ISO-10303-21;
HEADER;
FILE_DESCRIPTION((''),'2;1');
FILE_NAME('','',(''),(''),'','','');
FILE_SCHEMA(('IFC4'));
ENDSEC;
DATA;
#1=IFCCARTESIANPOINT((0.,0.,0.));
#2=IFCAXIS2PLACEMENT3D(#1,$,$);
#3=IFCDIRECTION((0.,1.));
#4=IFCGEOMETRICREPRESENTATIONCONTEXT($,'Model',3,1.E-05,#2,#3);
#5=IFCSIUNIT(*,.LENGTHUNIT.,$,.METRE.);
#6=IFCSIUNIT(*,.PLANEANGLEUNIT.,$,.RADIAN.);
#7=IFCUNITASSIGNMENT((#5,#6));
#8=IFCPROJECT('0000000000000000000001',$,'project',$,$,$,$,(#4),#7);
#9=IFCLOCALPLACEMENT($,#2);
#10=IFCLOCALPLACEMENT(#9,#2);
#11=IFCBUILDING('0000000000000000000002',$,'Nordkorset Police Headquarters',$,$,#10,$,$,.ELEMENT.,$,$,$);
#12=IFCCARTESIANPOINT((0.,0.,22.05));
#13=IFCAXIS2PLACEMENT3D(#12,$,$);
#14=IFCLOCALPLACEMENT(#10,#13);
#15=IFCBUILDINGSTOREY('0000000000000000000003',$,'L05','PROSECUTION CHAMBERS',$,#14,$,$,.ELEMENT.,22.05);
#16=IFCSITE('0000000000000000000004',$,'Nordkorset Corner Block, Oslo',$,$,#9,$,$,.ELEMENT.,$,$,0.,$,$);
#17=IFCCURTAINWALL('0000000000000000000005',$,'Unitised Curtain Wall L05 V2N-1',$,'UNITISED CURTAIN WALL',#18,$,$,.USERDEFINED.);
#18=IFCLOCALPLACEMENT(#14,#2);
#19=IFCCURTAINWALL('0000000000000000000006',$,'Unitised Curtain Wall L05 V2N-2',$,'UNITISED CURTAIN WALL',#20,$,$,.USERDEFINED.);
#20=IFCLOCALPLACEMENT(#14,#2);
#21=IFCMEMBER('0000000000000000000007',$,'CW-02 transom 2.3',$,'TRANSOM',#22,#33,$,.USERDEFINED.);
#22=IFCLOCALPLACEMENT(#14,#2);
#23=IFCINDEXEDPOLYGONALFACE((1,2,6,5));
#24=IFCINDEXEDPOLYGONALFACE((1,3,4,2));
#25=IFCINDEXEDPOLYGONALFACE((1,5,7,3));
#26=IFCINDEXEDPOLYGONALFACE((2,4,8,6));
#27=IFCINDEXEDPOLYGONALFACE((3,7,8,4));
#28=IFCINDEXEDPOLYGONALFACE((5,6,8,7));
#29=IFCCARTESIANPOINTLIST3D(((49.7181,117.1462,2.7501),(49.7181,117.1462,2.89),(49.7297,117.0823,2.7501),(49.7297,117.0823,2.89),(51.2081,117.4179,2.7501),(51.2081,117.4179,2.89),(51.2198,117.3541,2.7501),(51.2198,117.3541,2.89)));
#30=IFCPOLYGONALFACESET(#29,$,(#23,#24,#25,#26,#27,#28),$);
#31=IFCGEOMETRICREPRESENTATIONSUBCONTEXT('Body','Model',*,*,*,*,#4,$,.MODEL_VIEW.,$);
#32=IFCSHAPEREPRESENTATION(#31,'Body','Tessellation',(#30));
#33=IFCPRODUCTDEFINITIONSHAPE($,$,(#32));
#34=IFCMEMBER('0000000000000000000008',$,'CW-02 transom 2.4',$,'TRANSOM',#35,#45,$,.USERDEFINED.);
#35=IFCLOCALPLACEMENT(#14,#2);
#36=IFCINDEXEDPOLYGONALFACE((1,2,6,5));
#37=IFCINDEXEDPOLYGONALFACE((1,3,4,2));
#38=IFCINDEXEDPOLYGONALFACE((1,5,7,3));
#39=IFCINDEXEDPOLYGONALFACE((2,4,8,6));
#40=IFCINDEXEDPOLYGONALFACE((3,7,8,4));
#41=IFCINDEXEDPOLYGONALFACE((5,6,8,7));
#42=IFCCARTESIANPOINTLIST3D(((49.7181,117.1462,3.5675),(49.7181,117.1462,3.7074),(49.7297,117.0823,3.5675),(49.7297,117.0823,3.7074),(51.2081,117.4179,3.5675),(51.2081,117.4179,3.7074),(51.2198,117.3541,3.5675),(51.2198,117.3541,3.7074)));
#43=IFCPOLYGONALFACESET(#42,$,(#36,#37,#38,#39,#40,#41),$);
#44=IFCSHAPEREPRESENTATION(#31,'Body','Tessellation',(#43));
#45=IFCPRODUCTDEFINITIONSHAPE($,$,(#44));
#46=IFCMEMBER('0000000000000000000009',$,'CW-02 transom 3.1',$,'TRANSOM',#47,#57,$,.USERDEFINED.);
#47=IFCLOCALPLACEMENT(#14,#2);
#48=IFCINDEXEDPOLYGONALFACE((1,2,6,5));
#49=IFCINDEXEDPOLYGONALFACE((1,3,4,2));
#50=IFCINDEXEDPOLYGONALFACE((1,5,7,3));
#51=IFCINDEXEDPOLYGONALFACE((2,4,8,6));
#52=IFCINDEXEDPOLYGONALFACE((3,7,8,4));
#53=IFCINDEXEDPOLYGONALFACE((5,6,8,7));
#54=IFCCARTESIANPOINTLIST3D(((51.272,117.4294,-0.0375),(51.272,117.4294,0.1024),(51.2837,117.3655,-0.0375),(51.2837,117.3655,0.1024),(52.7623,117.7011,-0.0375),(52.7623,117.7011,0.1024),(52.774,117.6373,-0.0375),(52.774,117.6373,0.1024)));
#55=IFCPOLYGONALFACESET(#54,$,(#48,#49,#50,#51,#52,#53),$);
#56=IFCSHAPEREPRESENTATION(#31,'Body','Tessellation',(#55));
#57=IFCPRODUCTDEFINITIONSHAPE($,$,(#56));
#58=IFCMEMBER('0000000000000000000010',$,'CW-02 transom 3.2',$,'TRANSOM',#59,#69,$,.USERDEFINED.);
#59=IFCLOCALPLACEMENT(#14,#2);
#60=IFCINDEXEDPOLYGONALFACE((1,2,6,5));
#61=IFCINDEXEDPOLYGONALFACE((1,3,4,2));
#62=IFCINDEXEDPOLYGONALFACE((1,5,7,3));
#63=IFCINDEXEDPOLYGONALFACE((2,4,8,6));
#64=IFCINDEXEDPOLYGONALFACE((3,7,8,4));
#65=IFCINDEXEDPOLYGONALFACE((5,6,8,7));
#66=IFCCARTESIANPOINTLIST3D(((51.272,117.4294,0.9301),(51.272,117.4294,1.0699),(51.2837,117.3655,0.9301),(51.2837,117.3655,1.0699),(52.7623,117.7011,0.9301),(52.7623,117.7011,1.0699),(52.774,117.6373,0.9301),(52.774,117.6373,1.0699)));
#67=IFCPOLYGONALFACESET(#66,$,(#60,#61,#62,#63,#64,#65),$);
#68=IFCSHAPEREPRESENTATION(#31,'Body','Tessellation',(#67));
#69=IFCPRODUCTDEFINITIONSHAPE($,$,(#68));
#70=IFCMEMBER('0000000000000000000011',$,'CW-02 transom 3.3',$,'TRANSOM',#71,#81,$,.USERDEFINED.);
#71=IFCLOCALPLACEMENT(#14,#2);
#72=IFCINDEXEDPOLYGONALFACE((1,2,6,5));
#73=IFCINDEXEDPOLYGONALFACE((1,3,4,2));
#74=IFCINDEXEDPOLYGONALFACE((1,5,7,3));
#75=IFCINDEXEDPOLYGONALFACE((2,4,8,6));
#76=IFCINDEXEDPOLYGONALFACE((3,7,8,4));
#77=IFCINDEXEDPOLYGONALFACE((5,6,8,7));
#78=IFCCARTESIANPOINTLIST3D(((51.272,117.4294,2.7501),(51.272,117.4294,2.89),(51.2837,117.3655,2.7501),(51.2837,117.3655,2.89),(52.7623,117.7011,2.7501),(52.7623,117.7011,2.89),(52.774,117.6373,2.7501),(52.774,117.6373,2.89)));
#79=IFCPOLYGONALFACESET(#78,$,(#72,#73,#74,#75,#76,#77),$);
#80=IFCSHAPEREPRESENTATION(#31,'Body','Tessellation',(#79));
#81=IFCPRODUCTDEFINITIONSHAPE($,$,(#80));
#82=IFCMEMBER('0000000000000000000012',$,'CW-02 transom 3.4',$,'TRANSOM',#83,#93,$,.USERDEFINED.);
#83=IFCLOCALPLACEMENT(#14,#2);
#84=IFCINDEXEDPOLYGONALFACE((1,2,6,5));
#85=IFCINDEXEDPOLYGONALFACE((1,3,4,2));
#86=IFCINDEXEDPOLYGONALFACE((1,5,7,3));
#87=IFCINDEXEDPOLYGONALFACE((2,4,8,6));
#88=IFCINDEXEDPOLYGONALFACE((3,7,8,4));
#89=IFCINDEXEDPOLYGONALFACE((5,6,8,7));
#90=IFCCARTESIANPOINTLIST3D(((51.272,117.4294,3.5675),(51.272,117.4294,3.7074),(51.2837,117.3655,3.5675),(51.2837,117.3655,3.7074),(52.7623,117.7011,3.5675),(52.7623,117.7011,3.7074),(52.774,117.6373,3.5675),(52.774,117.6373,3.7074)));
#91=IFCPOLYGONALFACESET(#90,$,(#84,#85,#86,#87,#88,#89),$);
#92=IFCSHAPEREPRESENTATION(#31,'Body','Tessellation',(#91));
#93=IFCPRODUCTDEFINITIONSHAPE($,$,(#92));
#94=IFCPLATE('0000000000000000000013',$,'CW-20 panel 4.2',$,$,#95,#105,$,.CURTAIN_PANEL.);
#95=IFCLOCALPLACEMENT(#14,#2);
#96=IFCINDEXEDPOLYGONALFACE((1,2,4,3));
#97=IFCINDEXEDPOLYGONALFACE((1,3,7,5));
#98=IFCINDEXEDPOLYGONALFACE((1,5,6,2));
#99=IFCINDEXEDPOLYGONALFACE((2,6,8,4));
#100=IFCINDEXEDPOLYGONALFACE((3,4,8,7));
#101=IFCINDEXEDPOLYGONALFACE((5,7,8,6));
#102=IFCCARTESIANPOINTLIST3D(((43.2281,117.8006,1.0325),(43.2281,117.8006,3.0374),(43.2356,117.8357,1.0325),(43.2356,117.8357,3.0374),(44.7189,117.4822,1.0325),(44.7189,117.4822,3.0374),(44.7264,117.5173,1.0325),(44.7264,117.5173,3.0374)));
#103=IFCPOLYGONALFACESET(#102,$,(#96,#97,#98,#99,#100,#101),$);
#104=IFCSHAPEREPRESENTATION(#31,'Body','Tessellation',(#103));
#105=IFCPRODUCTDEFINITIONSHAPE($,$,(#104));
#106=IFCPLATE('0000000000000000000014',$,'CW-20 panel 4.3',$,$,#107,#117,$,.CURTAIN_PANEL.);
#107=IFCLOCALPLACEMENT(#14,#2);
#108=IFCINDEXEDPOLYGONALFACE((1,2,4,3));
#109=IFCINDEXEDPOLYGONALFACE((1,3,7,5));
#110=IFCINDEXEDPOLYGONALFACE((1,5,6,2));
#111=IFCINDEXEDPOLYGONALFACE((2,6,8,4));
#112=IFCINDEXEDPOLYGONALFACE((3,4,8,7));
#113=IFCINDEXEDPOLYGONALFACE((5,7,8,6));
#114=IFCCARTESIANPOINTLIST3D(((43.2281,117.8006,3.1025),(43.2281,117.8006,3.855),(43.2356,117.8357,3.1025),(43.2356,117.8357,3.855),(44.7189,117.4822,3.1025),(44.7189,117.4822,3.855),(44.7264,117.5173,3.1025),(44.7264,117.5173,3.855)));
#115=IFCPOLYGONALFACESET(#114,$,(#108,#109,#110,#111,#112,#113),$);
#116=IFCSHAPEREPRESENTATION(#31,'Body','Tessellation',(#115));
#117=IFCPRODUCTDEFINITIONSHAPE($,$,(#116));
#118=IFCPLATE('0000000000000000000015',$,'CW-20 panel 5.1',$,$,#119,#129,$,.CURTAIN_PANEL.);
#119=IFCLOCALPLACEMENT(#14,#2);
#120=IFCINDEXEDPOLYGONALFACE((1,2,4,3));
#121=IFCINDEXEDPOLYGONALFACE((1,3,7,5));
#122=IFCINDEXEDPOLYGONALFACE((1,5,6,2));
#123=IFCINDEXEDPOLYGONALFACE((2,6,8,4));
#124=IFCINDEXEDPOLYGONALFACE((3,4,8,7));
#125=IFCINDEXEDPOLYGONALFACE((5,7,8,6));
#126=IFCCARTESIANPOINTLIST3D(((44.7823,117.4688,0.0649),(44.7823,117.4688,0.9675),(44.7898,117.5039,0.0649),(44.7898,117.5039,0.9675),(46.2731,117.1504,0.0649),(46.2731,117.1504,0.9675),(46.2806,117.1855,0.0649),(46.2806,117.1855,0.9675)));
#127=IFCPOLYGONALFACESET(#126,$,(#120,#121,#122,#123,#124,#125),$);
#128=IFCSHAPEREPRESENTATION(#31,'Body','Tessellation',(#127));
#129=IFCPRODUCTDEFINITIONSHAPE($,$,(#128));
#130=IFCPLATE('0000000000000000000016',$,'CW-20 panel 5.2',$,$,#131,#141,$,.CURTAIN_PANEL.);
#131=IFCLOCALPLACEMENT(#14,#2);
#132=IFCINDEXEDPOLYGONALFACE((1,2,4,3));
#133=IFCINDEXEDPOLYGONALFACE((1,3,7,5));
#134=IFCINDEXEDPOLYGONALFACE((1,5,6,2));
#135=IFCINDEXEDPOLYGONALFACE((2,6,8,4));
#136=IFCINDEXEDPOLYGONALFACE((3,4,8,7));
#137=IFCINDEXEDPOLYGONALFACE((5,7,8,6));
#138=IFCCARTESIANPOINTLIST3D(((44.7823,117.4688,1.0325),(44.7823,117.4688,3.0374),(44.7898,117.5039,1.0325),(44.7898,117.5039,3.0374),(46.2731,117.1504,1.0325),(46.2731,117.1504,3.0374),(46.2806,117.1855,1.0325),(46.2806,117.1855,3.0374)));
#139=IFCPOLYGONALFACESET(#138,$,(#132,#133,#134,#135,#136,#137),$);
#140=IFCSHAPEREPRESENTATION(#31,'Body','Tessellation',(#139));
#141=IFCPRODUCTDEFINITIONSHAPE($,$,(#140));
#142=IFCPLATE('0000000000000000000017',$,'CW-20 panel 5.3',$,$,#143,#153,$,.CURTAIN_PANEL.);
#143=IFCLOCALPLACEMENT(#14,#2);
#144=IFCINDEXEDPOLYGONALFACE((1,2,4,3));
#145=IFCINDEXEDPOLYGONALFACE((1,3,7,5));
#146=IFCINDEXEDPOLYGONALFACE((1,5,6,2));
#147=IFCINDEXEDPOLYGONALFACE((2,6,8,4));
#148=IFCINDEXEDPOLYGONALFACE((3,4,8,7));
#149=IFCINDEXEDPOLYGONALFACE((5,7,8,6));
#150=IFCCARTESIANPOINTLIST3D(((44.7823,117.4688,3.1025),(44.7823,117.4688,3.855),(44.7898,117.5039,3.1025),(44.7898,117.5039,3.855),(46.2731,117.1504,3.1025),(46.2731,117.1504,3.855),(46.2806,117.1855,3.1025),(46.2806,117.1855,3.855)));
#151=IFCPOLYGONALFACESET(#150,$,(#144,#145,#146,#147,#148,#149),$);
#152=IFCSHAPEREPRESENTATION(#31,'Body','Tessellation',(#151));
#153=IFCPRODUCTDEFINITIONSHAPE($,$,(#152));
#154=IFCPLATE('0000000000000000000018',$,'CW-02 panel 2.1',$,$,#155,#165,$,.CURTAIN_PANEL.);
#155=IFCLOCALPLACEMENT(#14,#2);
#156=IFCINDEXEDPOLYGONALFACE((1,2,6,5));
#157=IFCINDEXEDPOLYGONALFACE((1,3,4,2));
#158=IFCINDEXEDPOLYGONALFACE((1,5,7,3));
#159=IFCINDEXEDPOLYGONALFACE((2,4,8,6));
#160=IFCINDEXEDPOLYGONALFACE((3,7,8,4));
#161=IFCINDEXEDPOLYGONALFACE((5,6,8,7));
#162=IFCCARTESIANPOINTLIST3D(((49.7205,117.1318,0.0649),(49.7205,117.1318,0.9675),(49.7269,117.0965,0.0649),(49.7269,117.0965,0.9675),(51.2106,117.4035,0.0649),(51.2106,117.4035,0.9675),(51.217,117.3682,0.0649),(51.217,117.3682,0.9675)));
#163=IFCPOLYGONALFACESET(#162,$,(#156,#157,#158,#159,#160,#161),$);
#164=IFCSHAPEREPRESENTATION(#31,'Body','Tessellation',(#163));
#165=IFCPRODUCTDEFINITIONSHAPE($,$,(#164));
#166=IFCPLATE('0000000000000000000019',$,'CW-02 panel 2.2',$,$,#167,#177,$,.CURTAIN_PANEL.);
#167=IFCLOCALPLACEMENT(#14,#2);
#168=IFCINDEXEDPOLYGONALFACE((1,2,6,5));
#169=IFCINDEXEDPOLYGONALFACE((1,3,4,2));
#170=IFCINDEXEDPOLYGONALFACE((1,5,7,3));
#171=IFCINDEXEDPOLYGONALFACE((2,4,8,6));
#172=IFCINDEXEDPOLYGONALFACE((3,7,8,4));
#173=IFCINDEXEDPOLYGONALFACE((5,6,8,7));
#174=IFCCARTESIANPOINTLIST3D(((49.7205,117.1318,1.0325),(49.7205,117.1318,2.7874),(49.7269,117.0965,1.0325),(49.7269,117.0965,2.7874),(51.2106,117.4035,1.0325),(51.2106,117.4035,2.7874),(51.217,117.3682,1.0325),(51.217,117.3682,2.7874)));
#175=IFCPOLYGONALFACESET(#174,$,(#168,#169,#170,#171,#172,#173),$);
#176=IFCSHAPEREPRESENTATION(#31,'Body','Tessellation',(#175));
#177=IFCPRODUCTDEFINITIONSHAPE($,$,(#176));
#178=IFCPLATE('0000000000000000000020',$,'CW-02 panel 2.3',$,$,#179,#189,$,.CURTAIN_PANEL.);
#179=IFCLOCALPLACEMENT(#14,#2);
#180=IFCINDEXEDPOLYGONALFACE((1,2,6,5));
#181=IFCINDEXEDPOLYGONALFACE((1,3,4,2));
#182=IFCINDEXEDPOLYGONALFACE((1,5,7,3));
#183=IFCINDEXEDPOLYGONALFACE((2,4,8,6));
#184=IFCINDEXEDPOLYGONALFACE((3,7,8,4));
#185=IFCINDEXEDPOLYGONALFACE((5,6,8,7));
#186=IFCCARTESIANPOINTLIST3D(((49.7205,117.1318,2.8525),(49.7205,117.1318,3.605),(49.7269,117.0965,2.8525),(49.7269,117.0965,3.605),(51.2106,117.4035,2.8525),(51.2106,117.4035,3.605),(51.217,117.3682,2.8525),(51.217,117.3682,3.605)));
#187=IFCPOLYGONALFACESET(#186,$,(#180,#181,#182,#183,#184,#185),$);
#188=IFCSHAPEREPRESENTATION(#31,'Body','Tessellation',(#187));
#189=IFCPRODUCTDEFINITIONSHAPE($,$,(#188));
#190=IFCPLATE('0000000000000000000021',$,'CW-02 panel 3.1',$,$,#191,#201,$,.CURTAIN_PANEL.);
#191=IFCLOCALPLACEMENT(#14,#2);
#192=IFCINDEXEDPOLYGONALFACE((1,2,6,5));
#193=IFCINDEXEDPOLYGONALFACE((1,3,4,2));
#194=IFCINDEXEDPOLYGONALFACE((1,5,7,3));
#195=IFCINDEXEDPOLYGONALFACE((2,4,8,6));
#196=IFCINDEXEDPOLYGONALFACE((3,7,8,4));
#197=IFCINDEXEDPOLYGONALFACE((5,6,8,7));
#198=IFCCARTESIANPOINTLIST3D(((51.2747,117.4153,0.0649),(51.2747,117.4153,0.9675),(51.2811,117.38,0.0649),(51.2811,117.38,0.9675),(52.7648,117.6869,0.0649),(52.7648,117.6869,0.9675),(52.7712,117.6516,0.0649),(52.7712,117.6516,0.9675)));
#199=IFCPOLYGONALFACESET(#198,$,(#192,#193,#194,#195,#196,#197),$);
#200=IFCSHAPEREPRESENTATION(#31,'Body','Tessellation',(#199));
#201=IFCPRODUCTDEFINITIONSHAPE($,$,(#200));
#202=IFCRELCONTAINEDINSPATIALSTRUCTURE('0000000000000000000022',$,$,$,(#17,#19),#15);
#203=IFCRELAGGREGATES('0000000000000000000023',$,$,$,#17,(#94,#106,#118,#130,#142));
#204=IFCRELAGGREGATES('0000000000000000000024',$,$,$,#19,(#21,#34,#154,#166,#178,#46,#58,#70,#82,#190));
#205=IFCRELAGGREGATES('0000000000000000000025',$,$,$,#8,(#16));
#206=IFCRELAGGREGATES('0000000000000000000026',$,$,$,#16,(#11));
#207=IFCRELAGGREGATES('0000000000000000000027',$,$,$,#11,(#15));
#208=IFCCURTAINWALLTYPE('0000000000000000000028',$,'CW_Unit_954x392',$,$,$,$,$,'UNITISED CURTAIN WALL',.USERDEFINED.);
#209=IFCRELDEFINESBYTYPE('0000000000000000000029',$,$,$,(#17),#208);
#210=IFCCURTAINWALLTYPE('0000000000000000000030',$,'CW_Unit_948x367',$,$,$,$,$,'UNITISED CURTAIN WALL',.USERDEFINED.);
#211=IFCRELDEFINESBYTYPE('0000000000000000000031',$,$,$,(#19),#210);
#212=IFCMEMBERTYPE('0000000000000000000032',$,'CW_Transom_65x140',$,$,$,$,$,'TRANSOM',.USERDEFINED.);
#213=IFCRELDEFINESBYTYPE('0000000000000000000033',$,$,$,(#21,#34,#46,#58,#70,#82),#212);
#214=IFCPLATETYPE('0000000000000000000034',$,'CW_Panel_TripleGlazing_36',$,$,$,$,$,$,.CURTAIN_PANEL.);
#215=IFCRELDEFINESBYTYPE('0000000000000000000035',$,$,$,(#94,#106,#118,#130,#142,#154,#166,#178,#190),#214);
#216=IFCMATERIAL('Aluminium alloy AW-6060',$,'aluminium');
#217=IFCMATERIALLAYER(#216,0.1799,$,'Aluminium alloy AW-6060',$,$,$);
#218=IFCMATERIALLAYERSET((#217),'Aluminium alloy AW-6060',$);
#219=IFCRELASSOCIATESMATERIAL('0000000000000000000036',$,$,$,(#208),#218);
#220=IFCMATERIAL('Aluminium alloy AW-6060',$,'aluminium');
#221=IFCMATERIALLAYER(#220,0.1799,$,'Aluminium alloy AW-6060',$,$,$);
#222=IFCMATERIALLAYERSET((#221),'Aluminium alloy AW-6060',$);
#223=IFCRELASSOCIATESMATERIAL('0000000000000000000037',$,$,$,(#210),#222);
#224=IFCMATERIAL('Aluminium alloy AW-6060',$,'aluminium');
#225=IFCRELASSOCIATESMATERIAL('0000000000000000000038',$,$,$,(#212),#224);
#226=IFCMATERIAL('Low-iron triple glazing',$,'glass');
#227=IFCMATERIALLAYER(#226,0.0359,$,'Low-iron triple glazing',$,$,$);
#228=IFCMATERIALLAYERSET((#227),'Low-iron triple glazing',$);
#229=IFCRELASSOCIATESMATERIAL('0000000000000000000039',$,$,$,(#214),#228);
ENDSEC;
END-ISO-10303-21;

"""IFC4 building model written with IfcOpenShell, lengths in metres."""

from ifc_helpers import new_model, si_unit, direction, frame, origin, origin_2d, place, context, subcontext, project, spatial, rectangle, extrude, material, layer, layer_set, material_profile, profile_set, type_object, element, aggregate, save


model = new_model("IFC4")

# Units and contexts
model_context = context("Model", 3, precision=1e-05, world=origin(), true_north=direction((0.0, 1.0)))
body_context = subcontext(model_context, "Body", "Model", "MODEL_VIEW")
ifc_project = project(units=[si_unit("LENGTHUNIT", "METRE"), si_unit("PLANEANGLEUNIT", "RADIAN")], contexts=[model_context])

# Site, building, storey
site_placement = place(None, origin())
site = spatial("IfcSite", under=ifc_project, at=site_placement, Name="Nordkorset Corner Block, Oslo", CompositionType="ELEMENT", RefElevation=0.0)
building_placement = place(site_placement, origin())
building = spatial("IfcBuilding", under=site, at=building_placement, Name="Nordkorset Police Headquarters", CompositionType="ELEMENT")
storey_placement = place(building_placement, frame((0.0, 0.0, 22.05)))
storey = spatial("IfcBuildingStorey", under=building, at=storey_placement, Name="L05", Description="PROSECUTION CHAMBERS", CompositionType="ELEMENT", Elevation=22.05)

# Curtain walls
ifc_material_1 = material(Name="Aluminium alloy AW-6060", Category="aluminium")
ifc_layer_1 = layer(ifc_material_1, 0.1799, Name="Aluminium alloy AW-6060")
ifc_layer_set_1 = layer_set([ifc_layer_1], Name="Aluminium alloy AW-6060")
curtain_wall_type_1 = type_object("IfcCurtainWallType", Name="CW_Unit_954x392", ElementType="UNITISED CURTAIN WALL", PredefinedType="USERDEFINED", material=ifc_layer_set_1)
curtain_wall_1_placement = place(storey_placement, origin())
curtain_wall_1 = element("IfcCurtainWall", 1, at=curtain_wall_1_placement, inside=storey, type_object=curtain_wall_type_1, Name="Unitised Curtain Wall L05 V2N-1", ObjectType="UNITISED CURTAIN WALL", PredefinedType="USERDEFINED")
ifc_material_2 = material(Name="Aluminium alloy AW-6060", Category="aluminium")
ifc_layer_2 = layer(ifc_material_2, 0.1799, Name="Aluminium alloy AW-6060")
ifc_layer_set_2 = layer_set([ifc_layer_2], Name="Aluminium alloy AW-6060")
curtain_wall_type_2 = type_object("IfcCurtainWallType", Name="CW_Unit_948x367", ElementType="UNITISED CURTAIN WALL", PredefinedType="USERDEFINED", material=ifc_layer_set_2)
curtain_wall_2_placement = place(storey_placement, origin())
curtain_wall_2 = element("IfcCurtainWall", 2, at=curtain_wall_2_placement, inside=storey, type_object=curtain_wall_type_2, Name="Unitised Curtain Wall L05 V2N-2", ObjectType="UNITISED CURTAIN WALL", PredefinedType="USERDEFINED")

# Members
ifc_material_3 = material(Name="Aluminium alloy AW-6060", Category="aluminium")
ifc_material_profile_1 = material_profile(ifc_material_3, rectangle(XDim=0.0649, YDim=0.1399, at=origin_2d()), Name="ALU TRAN 65x140")
ifc_profile_set_1 = profile_set([ifc_material_profile_1], Name="Aluminium alloy AW-6060")
member_type_1 = type_object("IfcMemberType", Name="CW_Transom_65x140", ElementType="TRANSOM", PredefinedType="USERDEFINED", material=ifc_profile_set_1)
member_1_placement = place(storey_placement, frame((49.7239, 117.1143, 2.8201), z_axis=(0.983774, 0.17941, 0.0), x_axis=(-0.17941, 0.983774, 0.0)))
member_1 = element("IfcMember", 3, at=member_1_placement, type_object=member_type_1, Name="CW-02 transom 2.3", ObjectType="TRANSOM", PredefinedType="USERDEFINED", context=body_context, shape_type="SweptSolid", body=[
    extrude(rectangle(XDim=0.0649, YDim=0.1399, at=origin_2d()), origin(), (0.0, 0.0, 1.0), 1.5146),
])
member_2_placement = place(storey_placement, frame((49.7239, 117.1143, 3.6375), z_axis=(0.983774, 0.17941, 0.0), x_axis=(-0.17941, 0.983774, 0.0)))
member_2 = element("IfcMember", 4, at=member_2_placement, type_object=member_type_1, Name="CW-02 transom 2.4", ObjectType="TRANSOM", PredefinedType="USERDEFINED", context=body_context, shape_type="SweptSolid", body=[
    extrude(rectangle(XDim=0.0649, YDim=0.1399, at=origin_2d()), origin(), (0.0, 0.0, 1.0), 1.5146),
])
member_3_placement = place(storey_placement, frame((51.2778, 117.3975, 0.0325), z_axis=(0.98378, 0.179382, 0.0), x_axis=(-0.179382, 0.98378, 0.0)))
member_3 = element("IfcMember", 5, at=member_3_placement, type_object=member_type_1, Name="CW-02 transom 3.1", ObjectType="TRANSOM", PredefinedType="USERDEFINED", context=body_context, shape_type="SweptSolid", body=[
    extrude(rectangle(XDim=0.0649, YDim=0.1399, at=origin_2d()), origin(), (0.0, 0.0, 1.0), 1.5149),
])
member_4_placement = place(storey_placement, frame((51.2778, 117.3975, 1.0), z_axis=(0.98378, 0.179382, 0.0), x_axis=(-0.179382, 0.98378, 0.0)))
member_4 = element("IfcMember", 6, at=member_4_placement, type_object=member_type_1, Name="CW-02 transom 3.2", ObjectType="TRANSOM", PredefinedType="USERDEFINED", context=body_context, shape_type="SweptSolid", body=[
    extrude(rectangle(XDim=0.0649, YDim=0.1399, at=origin_2d()), origin(), (0.0, 0.0, 1.0), 1.5149),
])
member_5_placement = place(storey_placement, frame((51.2778, 117.3975, 2.8201), z_axis=(0.98378, 0.179382, 0.0), x_axis=(-0.179382, 0.98378, 0.0)))
member_5 = element("IfcMember", 7, at=member_5_placement, type_object=member_type_1, Name="CW-02 transom 3.3", ObjectType="TRANSOM", PredefinedType="USERDEFINED", context=body_context, shape_type="SweptSolid", body=[
    extrude(rectangle(XDim=0.0649, YDim=0.1399, at=origin_2d()), origin(), (0.0, 0.0, 1.0), 1.5149),
])
member_6_placement = place(storey_placement, frame((51.2778, 117.3975, 3.6375), z_axis=(0.98378, 0.179382, 0.0), x_axis=(-0.179382, 0.98378, 0.0)))
member_6 = element("IfcMember", 8, at=member_6_placement, type_object=member_type_1, Name="CW-02 transom 3.4", ObjectType="TRANSOM", PredefinedType="USERDEFINED", context=body_context, shape_type="SweptSolid", body=[
    extrude(rectangle(XDim=0.0649, YDim=0.1399, at=origin_2d()), origin(), (0.0, 0.0, 1.0), 1.5149),
])

# Plates
ifc_material_4 = material(Name="Low-iron triple glazing", Category="glass")
ifc_layer_3 = layer(ifc_material_4, 0.0359, Name="Low-iron triple glazing")
ifc_layer_set_3 = layer_set([ifc_layer_3], Name="Low-iron triple glazing")
plate_type = type_object("IfcPlateType", Name="CW_Panel_TripleGlazing_36", PredefinedType="CURTAIN_PANEL", material=ifc_layer_set_3)
plate_1_placement = place(storey_placement, frame((43.9773, 117.6589, 1.0325), z_axis=(0.0, 0.0, 1.0), x_axis=(0.977951, -0.208833, 0.0)))
plate_1 = element("IfcPlate", 9, at=plate_1_placement, type_object=plate_type, Name="CW-20 panel 4.2", PredefinedType="CURTAIN_PANEL", context=body_context, shape_type="SweptSolid", body=[
    extrude(rectangle(XDim=1.5244, YDim=0.0359, at=origin_2d()), origin(), (0.0, 0.0, 1.0), 2.0049),
])
plate_2_placement = place(storey_placement, frame((43.9773, 117.6589, 3.1025), z_axis=(0.0, 0.0, 1.0), x_axis=(0.977951, -0.208833, 0.0)))
plate_2 = element("IfcPlate", 10, at=plate_2_placement, type_object=plate_type, Name="CW-20 panel 4.3", PredefinedType="CURTAIN_PANEL", context=body_context, shape_type="SweptSolid", body=[
    extrude(rectangle(XDim=1.5244, YDim=0.0359, at=origin_2d()), origin(), (0.0, 0.0, 1.0), 0.7524),
])
plate_3_placement = place(storey_placement, frame((45.5315, 117.3271, 0.0649), z_axis=(0.0, 0.0, 1.0), x_axis=(0.977951, -0.208833, 0.0)))
plate_3 = element("IfcPlate", 11, at=plate_3_placement, type_object=plate_type, Name="CW-20 panel 5.1", PredefinedType="CURTAIN_PANEL", context=body_context, shape_type="SweptSolid", body=[
    extrude(rectangle(XDim=1.5244, YDim=0.0359, at=origin_2d()), origin(), (0.0, 0.0, 1.0), 0.9026),
])
plate_4_placement = place(storey_placement, frame((45.5315, 117.3271, 1.0325), z_axis=(0.0, 0.0, 1.0), x_axis=(0.977951, -0.208833, 0.0)))
plate_4 = element("IfcPlate", 12, at=plate_4_placement, type_object=plate_type, Name="CW-20 panel 5.2", PredefinedType="CURTAIN_PANEL", context=body_context, shape_type="SweptSolid", body=[
    extrude(rectangle(XDim=1.5244, YDim=0.0359, at=origin_2d()), origin(), (0.0, 0.0, 1.0), 2.0049),
])
plate_5_placement = place(storey_placement, frame((45.5315, 117.3271, 3.1025), z_axis=(0.0, 0.0, 1.0), x_axis=(0.977951, -0.208833, 0.0)))
plate_5 = element("IfcPlate", 13, at=plate_5_placement, type_object=plate_type, Name="CW-20 panel 5.3", PredefinedType="CURTAIN_PANEL", context=body_context, shape_type="SweptSolid", body=[
    extrude(rectangle(XDim=1.5244, YDim=0.0359, at=origin_2d()), origin(), (0.0, 0.0, 1.0), 0.7524),
])
aggregate(curtain_wall_1, [plate_1, plate_2, plate_3, plate_4, plate_5])
plate_6_placement = place(storey_placement, frame((50.4688, 117.25, 0.0649), z_axis=(0.0, 0.0, 1.0), x_axis=(0.983788, 0.179336, 0.0)))
plate_6 = element("IfcPlate", 14, at=plate_6_placement, type_object=plate_type, Name="CW-02 panel 2.1", PredefinedType="CURTAIN_PANEL", context=body_context, shape_type="SweptSolid", body=[
    extrude(rectangle(XDim=1.5146, YDim=0.0359, at=origin_2d()), origin(), (0.0, 0.0, 1.0), 0.9026),
])
plate_7_placement = place(storey_placement, frame((50.4688, 117.25, 1.0325), z_axis=(0.0, 0.0, 1.0), x_axis=(0.983788, 0.179336, 0.0)))
plate_7 = element("IfcPlate", 15, at=plate_7_placement, type_object=plate_type, Name="CW-02 panel 2.2", PredefinedType="CURTAIN_PANEL", context=body_context, shape_type="SweptSolid", body=[
    extrude(rectangle(XDim=1.5146, YDim=0.0359, at=origin_2d()), origin(), (0.0, 0.0, 1.0), 1.7549),
])
plate_8_placement = place(storey_placement, frame((50.4688, 117.25, 2.8525), z_axis=(0.0, 0.0, 1.0), x_axis=(0.983788, 0.179336, 0.0)))
plate_8 = element("IfcPlate", 16, at=plate_8_placement, type_object=plate_type, Name="CW-02 panel 2.3", PredefinedType="CURTAIN_PANEL", context=body_context, shape_type="SweptSolid", body=[
    extrude(rectangle(XDim=1.5146, YDim=0.0359, at=origin_2d()), origin(), (0.0, 0.0, 1.0), 0.7524),
])
plate_9_placement = place(storey_placement, frame((52.0229, 117.5334, 0.0649), z_axis=(0.0, 0.0, 1.0), x_axis=(0.983788, 0.179336, 0.0)))
plate_9 = element("IfcPlate", 17, at=plate_9_placement, type_object=plate_type, Name="CW-02 panel 3.1", PredefinedType="CURTAIN_PANEL", context=body_context, shape_type="SweptSolid", body=[
    extrude(rectangle(XDim=1.5146, YDim=0.0359, at=origin_2d()), origin(), (0.0, 0.0, 1.0), 0.9026),
])
aggregate(curtain_wall_2, [member_1, member_2, plate_6, plate_7, plate_8, member_3, member_4, member_5, member_6, plate_9])

save(model, "model.ifc")
